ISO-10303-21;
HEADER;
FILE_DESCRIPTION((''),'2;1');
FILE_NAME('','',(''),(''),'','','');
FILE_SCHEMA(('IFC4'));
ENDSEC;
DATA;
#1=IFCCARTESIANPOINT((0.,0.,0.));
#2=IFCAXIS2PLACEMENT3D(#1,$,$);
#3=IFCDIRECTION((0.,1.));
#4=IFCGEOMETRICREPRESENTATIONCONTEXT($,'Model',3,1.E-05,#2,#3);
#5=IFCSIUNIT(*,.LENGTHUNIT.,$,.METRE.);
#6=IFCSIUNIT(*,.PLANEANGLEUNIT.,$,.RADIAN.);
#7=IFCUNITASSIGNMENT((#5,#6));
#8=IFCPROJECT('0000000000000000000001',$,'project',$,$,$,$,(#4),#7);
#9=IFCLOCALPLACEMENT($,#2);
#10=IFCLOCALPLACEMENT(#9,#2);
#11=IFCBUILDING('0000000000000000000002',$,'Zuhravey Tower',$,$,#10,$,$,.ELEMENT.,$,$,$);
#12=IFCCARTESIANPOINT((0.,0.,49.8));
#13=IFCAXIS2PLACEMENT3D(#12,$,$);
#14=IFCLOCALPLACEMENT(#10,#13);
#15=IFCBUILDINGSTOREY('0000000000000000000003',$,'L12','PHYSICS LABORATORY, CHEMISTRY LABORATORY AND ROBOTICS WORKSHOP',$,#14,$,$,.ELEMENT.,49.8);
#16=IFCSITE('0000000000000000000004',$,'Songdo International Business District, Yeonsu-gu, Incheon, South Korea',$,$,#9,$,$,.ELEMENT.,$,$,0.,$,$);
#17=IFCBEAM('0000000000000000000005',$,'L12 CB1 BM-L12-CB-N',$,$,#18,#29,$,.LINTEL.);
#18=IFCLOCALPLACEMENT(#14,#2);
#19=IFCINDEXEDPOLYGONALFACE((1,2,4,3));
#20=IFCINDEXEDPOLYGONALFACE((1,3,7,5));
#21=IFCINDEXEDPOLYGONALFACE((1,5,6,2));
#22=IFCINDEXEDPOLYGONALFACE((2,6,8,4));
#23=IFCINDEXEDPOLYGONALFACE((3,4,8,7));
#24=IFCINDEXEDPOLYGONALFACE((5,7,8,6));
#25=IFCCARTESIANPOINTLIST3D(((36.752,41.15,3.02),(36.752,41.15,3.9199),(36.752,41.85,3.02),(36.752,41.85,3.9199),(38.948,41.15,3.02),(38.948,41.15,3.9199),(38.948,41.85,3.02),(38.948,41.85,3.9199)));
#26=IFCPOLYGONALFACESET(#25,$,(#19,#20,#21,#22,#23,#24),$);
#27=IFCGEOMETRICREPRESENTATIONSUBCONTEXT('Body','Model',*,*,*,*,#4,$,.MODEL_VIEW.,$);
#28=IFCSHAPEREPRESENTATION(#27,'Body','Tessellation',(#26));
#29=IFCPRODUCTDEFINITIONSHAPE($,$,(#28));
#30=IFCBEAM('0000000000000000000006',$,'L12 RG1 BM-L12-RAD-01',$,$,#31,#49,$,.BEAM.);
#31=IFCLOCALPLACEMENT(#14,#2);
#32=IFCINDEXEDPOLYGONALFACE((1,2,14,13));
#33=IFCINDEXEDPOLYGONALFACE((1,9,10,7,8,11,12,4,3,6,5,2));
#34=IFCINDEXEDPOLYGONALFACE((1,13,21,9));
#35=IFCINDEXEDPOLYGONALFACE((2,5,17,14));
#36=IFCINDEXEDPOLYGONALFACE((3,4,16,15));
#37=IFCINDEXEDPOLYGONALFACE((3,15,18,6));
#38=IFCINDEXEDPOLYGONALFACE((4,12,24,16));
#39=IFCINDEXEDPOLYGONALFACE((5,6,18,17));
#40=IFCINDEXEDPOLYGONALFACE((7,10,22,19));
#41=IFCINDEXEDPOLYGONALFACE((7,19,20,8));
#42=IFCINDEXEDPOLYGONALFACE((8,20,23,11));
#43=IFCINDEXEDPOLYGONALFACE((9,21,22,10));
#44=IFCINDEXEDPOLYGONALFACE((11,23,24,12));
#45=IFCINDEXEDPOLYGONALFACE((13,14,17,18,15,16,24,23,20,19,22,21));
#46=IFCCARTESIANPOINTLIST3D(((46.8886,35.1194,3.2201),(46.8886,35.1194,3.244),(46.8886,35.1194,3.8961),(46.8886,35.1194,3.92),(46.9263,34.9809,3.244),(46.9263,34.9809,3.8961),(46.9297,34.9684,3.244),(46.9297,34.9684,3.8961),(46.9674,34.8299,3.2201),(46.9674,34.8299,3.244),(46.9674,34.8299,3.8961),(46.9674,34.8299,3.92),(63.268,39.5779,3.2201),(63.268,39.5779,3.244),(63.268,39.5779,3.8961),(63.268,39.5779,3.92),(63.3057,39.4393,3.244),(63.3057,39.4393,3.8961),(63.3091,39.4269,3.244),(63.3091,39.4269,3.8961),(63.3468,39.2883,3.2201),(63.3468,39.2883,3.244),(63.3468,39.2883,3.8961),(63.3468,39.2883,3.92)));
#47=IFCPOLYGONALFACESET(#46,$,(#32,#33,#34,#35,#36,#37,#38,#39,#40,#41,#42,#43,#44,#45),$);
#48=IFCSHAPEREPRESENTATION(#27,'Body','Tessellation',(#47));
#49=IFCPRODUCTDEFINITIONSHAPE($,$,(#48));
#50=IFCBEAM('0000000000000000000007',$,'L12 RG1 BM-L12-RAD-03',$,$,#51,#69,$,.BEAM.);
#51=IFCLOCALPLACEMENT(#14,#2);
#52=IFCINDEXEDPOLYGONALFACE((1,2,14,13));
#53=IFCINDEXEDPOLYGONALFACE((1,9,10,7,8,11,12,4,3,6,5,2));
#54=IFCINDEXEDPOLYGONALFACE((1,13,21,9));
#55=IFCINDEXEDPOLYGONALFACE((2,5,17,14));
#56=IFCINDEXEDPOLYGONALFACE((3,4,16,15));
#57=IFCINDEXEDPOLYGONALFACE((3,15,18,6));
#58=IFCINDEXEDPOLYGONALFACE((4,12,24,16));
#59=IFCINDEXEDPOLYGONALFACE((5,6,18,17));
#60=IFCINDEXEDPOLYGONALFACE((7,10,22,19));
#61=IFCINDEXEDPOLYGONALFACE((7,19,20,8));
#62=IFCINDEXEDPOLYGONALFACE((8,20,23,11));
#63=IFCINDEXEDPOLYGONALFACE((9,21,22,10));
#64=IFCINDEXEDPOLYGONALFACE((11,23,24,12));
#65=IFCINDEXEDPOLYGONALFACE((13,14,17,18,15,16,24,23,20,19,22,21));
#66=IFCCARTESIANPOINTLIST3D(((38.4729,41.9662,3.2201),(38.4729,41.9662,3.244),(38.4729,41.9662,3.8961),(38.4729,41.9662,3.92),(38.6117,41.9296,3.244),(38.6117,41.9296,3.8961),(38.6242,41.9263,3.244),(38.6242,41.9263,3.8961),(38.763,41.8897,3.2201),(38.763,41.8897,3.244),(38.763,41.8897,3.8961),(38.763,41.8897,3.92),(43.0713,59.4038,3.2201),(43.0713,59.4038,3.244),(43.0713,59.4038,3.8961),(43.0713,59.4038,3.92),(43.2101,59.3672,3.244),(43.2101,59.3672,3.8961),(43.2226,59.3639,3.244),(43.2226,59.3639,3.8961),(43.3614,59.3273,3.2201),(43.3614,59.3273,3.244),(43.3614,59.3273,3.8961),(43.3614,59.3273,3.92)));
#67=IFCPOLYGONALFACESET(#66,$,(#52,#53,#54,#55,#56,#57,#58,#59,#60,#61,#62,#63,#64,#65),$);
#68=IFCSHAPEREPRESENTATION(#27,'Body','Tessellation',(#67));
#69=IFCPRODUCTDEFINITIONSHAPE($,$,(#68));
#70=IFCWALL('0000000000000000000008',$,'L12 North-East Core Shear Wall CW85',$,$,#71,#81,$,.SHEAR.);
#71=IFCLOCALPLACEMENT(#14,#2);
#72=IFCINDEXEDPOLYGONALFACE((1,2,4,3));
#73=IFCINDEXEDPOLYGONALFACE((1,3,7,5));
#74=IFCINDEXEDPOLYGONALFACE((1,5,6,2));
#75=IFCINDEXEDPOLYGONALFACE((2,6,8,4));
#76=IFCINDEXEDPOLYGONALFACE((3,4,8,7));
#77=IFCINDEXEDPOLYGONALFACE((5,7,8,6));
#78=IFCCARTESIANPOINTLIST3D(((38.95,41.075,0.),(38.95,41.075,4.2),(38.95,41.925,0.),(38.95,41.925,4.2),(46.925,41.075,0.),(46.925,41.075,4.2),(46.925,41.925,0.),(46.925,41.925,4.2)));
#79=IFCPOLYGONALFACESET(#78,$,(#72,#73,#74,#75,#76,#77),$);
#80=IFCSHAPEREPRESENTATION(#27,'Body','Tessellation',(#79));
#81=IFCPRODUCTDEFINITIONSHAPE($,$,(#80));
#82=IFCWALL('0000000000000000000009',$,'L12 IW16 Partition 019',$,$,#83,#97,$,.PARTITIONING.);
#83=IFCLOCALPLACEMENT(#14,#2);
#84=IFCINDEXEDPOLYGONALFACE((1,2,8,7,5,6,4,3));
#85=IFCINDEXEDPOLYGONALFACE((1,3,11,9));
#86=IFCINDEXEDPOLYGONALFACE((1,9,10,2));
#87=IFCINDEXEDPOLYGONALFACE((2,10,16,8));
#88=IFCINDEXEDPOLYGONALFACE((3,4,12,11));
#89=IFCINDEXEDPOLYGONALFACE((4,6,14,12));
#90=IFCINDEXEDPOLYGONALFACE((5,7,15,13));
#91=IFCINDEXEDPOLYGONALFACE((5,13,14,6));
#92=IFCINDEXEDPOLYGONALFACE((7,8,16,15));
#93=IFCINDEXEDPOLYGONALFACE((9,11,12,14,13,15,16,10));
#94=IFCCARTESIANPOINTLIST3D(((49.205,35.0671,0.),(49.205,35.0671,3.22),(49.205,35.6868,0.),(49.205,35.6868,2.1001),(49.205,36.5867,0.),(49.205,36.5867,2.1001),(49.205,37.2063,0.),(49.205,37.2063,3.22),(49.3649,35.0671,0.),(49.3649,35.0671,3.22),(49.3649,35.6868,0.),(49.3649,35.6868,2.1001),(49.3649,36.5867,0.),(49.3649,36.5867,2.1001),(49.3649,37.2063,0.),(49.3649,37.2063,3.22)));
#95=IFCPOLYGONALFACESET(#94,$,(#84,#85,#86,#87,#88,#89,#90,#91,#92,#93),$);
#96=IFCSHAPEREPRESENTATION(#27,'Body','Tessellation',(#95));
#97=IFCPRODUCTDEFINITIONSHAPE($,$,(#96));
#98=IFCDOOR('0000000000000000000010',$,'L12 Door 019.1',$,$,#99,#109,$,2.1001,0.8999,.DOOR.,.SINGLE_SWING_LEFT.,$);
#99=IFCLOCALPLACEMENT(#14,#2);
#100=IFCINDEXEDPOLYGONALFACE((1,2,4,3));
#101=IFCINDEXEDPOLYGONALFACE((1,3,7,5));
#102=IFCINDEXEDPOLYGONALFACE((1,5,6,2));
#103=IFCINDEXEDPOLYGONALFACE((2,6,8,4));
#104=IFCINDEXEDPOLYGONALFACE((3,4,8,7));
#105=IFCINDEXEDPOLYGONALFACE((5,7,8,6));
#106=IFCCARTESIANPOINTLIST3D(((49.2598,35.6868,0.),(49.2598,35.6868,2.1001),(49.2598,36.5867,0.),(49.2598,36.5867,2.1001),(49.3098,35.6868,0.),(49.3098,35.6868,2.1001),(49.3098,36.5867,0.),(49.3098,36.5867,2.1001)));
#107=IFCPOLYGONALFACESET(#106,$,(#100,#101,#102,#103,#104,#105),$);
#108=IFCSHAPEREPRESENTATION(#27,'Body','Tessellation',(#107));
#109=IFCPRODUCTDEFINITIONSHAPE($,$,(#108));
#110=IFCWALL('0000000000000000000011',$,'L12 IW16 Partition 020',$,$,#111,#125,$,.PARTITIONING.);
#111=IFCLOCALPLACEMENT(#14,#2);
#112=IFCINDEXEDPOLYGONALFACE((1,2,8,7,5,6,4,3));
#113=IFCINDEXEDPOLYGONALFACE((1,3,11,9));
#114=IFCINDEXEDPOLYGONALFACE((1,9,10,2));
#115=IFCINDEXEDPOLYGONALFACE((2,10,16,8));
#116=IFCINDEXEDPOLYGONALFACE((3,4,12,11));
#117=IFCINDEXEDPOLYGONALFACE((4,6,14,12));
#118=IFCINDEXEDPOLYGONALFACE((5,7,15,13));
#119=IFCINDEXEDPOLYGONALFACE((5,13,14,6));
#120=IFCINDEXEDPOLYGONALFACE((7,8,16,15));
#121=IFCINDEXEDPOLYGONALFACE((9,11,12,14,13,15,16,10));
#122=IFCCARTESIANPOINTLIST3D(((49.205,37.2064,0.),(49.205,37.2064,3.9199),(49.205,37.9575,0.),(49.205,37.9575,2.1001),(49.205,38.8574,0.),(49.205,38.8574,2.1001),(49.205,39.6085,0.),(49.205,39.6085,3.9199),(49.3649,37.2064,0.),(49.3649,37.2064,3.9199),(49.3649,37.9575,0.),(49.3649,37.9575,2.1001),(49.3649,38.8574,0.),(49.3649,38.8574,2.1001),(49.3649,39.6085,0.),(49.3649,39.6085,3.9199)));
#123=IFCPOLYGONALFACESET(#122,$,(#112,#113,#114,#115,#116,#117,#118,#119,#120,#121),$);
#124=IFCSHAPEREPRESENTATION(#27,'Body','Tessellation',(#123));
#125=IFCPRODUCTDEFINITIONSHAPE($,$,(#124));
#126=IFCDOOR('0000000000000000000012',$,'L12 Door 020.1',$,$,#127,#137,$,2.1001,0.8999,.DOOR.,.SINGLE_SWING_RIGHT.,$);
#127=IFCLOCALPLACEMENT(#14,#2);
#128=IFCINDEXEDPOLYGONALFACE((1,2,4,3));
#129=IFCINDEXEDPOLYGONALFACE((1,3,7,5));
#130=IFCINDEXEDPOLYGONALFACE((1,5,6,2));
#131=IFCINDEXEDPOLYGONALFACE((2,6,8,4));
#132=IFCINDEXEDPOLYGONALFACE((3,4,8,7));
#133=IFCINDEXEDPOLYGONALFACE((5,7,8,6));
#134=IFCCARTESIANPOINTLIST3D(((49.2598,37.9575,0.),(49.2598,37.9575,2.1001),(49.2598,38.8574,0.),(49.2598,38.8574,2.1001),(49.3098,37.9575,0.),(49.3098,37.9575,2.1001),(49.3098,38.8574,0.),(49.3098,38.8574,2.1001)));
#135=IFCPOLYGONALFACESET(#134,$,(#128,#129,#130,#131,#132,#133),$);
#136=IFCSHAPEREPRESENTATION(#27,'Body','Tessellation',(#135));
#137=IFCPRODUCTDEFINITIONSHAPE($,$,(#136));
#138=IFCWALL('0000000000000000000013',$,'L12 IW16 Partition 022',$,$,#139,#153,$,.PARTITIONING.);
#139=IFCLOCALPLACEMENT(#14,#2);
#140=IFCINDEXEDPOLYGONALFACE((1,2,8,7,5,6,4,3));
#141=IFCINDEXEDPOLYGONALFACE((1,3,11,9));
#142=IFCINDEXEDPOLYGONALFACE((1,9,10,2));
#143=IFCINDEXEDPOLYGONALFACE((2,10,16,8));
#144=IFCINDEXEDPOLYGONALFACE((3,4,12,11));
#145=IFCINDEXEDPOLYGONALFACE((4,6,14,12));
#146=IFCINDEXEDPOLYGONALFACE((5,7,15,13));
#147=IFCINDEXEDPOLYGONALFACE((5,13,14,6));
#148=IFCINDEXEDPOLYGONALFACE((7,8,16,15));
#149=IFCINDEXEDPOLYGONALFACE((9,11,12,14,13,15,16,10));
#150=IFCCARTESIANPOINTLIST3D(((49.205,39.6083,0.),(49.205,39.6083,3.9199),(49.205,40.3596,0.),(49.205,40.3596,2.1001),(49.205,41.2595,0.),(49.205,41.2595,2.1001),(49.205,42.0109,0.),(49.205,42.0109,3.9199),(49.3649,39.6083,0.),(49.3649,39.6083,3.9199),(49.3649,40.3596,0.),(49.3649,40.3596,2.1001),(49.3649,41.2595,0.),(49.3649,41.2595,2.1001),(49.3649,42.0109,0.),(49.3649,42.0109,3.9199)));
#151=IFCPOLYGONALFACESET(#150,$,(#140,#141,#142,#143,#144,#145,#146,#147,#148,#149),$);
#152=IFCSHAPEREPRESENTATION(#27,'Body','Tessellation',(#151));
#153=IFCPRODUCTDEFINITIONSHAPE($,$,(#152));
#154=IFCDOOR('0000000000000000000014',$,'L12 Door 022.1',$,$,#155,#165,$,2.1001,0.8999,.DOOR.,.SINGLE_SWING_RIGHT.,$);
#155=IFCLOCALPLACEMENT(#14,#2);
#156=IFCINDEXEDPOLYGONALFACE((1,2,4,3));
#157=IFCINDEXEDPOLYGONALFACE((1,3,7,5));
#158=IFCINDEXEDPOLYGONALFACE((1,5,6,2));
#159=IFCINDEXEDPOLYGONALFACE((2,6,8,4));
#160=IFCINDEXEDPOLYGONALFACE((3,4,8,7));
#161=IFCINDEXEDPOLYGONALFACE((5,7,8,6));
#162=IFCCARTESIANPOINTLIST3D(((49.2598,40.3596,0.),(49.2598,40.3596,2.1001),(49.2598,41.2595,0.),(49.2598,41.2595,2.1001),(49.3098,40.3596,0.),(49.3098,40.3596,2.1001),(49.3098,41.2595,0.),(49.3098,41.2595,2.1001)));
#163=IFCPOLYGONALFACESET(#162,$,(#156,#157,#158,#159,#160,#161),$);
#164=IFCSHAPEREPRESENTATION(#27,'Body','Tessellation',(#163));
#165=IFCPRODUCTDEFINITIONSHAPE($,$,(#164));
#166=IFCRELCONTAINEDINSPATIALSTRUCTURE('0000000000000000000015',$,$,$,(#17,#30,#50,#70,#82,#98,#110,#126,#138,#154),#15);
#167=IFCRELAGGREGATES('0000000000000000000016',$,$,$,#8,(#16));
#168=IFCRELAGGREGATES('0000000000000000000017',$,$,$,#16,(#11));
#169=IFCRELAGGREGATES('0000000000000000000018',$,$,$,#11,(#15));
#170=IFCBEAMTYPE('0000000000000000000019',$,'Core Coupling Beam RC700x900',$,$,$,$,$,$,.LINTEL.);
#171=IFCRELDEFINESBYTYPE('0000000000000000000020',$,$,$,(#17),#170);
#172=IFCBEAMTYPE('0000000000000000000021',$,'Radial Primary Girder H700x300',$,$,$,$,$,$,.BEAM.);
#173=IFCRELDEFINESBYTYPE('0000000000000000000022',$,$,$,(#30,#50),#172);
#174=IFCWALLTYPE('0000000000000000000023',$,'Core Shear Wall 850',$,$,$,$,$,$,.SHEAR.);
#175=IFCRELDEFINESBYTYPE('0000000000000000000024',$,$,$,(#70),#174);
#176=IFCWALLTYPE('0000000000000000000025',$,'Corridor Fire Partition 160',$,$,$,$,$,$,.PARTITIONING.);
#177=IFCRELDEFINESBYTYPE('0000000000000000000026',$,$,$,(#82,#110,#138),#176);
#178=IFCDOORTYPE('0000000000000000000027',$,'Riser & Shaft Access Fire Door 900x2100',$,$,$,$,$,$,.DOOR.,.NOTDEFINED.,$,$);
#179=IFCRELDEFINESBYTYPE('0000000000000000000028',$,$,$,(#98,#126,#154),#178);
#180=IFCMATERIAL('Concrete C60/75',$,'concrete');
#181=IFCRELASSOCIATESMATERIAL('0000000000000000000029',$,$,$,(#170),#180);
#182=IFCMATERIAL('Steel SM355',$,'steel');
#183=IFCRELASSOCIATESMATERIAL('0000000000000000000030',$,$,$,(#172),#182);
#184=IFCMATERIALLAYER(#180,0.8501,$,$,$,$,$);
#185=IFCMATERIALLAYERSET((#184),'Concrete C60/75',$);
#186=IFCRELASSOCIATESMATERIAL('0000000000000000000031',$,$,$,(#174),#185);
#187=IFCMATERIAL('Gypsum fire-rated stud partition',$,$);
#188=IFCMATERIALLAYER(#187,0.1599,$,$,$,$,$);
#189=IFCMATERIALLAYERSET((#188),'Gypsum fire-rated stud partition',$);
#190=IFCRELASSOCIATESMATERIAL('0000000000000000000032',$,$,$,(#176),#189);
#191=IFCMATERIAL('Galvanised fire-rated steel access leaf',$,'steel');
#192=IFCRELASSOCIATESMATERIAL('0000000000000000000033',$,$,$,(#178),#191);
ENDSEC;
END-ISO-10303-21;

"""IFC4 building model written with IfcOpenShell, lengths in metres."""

from ifc_helpers import new_model, si_unit, direction, frame, frame_2d, origin, origin_2d, place, context, subcontext, project, spatial, rectangle, i_section, extrude, material, layer, layer_set, material_profile, profile_set, type_object, element, fill, save


model = new_model("IFC4")

# Units and contexts
model_context = context("Model", 3, precision=1e-05, world=origin(), true_north=direction((0.0, 1.0)))
body_context = subcontext(model_context, "Body", "Model", "MODEL_VIEW")
ifc_project = project(units=[si_unit("LENGTHUNIT", "METRE"), si_unit("PLANEANGLEUNIT", "RADIAN")], contexts=[model_context])

# Site, building, storey
site_placement = place(None, origin())
site = spatial("IfcSite", under=ifc_project, at=site_placement, Name="Songdo International Business District, Yeonsu-gu, Incheon, South Korea", CompositionType="ELEMENT", RefElevation=0.0)
building_placement = place(site_placement, origin())
building = spatial("IfcBuilding", under=site, at=building_placement, Name="Zuhravey Tower", CompositionType="ELEMENT")
storey_placement = place(building_placement, frame((0.0, 0.0, 49.8)))
storey = spatial("IfcBuildingStorey", under=building, at=storey_placement, Name="L12", Description="PHYSICS LABORATORY, CHEMISTRY LABORATORY AND ROBOTICS WORKSHOP", CompositionType="ELEMENT", Elevation=49.8)

# Beams
ifc_material_1 = material(Name="Concrete C60/75", Category="concrete")
ifc_material_profile_1 = material_profile(ifc_material_1, rectangle(XDim=0.7, YDim=0.8999, at=origin_2d()), Name="RC-700x900")
ifc_profile_set_1 = profile_set([ifc_material_profile_1], Name="Concrete C60/75")
beam_type_1 = type_object("IfcBeamType", Name="Core Coupling Beam RC700x900", PredefinedType="LINTEL", material=ifc_profile_set_1)
beam_1_placement = place(storey_placement, frame((36.752, 41.5, 3.47), z_axis=(1.0, 0.0, 0.0), x_axis=(0.0, 1.0, 0.0)))
element("IfcBeam", 1, at=beam_1_placement, inside=storey, type_object=beam_type_1, Name="L12 CB1 BM-L12-CB-N", PredefinedType="LINTEL", context=body_context, shape_type="SweptSolid", body=[
    extrude(rectangle(XDim=0.7, YDim=0.8999, at=origin_2d()), origin(), (0.0, 0.0, 1.0), 2.196),
])
ifc_material_2 = material(Name="Steel SM355", Category="steel")
ifc_material_profile_2 = material_profile(ifc_material_2, i_section(OverallWidth=0.3, OverallDepth=0.7, WebThickness=0.0129, FlangeThickness=0.0239, at=origin_2d()), Name="H-700x300x13x24")
ifc_profile_set_2 = profile_set([ifc_material_profile_2], Name="Steel SM355")
beam_type_2 = type_object("IfcBeamType", Name="Radial Primary Girder H700x300", PredefinedType="BEAM", material=ifc_profile_set_2)
beam_2_placement = place(storey_placement, frame((46.928, 34.9746, 3.5701), z_axis=(0.964892, 0.262645, 0.0), x_axis=(-0.262645, 0.964892, 0.0)))
element("IfcBeam", 2, at=beam_2_placement, inside=storey, type_object=beam_type_2, Name="L12 RG1 BM-L12-RAD-01", PredefinedType="BEAM", context=body_context, shape_type="SweptSolid", body=[
    extrude(i_section(OverallWidth=0.3, OverallDepth=0.7, WebThickness=0.0129, FlangeThickness=0.0239, at=origin_2d()), origin(), (0.0, 0.0, 1.0), 16.9753),
])
beam_3_placement = place(storey_placement, frame((38.6179, 41.928, 3.5701), z_axis=(0.25499, 0.966944, 0.0), x_axis=(-0.966944, 0.25499, 0.0)))
element("IfcBeam", 3, at=beam_3_placement, inside=storey, type_object=beam_type_2, Name="L12 RG1 BM-L12-RAD-03", PredefinedType="BEAM", context=body_context, shape_type="SweptSolid", body=[
    extrude(i_section(OverallWidth=0.3, OverallDepth=0.7, WebThickness=0.0129, FlangeThickness=0.0239, at=origin_2d()), origin(), (0.0, 0.0, 1.0), 18.0337),
])

# Wall
ifc_layer_1 = layer(ifc_material_1, 0.8501)
ifc_layer_set_1 = layer_set([ifc_layer_1], Name="Concrete C60/75")
wall_type_1 = type_object("IfcWallType", Name="Core Shear Wall 850", PredefinedType="SHEAR", material=ifc_layer_set_1)
wall_1_placement = place(storey_placement, frame((46.925, 41.5, 0.0), z_axis=(0.0, 0.0, 1.0), x_axis=(-1.0, 0.0, 0.0)))
element("IfcWall", 4, at=wall_1_placement, inside=storey, type_object=wall_type_1, Name="L12 North-East Core Shear Wall CW85", PredefinedType="SHEAR", context=body_context, shape_type="SweptSolid", body=[
    extrude(rectangle(XDim=7.9751, YDim=0.8501, at=frame_2d((3.9875, 0.0))), origin(), (0.0, 0.0, 1.0), 4.2),
])

# Walls, openings, doors
ifc_material_3 = material(Name="Gypsum fire-rated stud partition")
ifc_layer_2 = layer(ifc_material_3, 0.1599)
ifc_layer_set_2 = layer_set([ifc_layer_2], Name="Gypsum fire-rated stud partition")
wall_type_2 = type_object("IfcWallType", Name="Corridor Fire Partition 160", PredefinedType="PARTITIONING", material=ifc_layer_set_2)
wall_2_placement = place(storey_placement, frame((49.2849, 35.0671, 0.0), z_axis=(0.0, 0.0, 1.0), x_axis=(0.0, 1.0, 0.0)))
wall_2 = element("IfcWall", 5, at=wall_2_placement, inside=storey, type_object=wall_type_2, Name="L12 IW16 Partition 019", PredefinedType="PARTITIONING", context=body_context, shape_type="SweptSolid", body=[
    extrude(rectangle(XDim=2.1392, YDim=0.1599, at=frame_2d((1.0696, 0.0))), origin(), (0.0, 0.0, 1.0), 3.22),
])
opening_1_placement = place(wall_2_placement, frame((0.6196, 0.0, 0.0)))
opening_1 = element("IfcOpeningElement", 6, at=opening_1_placement, cuts=wall_2, PredefinedType="OPENING", context=body_context, shape_type="SweptSolid", body=[
    extrude(rectangle(XDim=0.8999, YDim=2.1001, at=frame_2d((0.45, 1.05))), frame((0.0, 0.092, 0.0), z_axis=(0.0, -1.0, 0.0), x_axis=(1.0, 0.0, 0.0)), (0.0, 0.0, 1.0), 0.1838),
])
ifc_material_4 = material(Name="Galvanised fire-rated steel access leaf", Category="steel")
door_type_1 = type_object("IfcDoorType", Name="Riser & Shaft Access Fire Door 900x2100", OperationType="NOTDEFINED", PredefinedType="DOOR", material=ifc_material_4)
door_1_placement = place(opening_1_placement, frame((0.8999, 0.0, 0.0), z_axis=(0.0, 0.0, 1.0), x_axis=(-1.0, 0.0, 0.0)))
door_1 = element("IfcDoor", 7, at=door_1_placement, inside=storey, type_object=door_type_1, Name="L12 Door 019.1", OperationType="SINGLE_SWING_LEFT", OverallHeight=2.1001, OverallWidth=0.8999, PredefinedType="DOOR", context=body_context, shape_type="SweptSolid", body=[
    extrude(rectangle(XDim=0.8999, YDim=2.1001, at=frame_2d((0.45, 1.05))), frame((0.0, 0.0249, 0.0), z_axis=(0.0, -1.0, 0.0), x_axis=(1.0, 0.0, 0.0)), (0.0, 0.0, 1.0), 0.05),
])
fill(opening_1, door_1)
wall_3_placement = place(storey_placement, frame((49.2849, 37.2063, 0.0), z_axis=(0.0, 0.0, 1.0), x_axis=(0.0, 1.0, 0.0)))
wall_3 = element("IfcWall", 8, at=wall_3_placement, inside=storey, type_object=wall_type_2, Name="L12 IW16 Partition 020", PredefinedType="PARTITIONING", context=body_context, shape_type="SweptSolid", body=[
    extrude(rectangle(XDim=2.4021, YDim=0.1599, at=frame_2d((1.2012, 0.0))), origin(), (0.0, 0.0, 1.0), 3.9199),
])
opening_2_placement = place(wall_3_placement, frame((0.7512, 0.0, 0.0)))
opening_2 = element("IfcOpeningElement", 9, at=opening_2_placement, cuts=wall_3, PredefinedType="OPENING", context=body_context, shape_type="SweptSolid", body=[
    extrude(rectangle(XDim=0.8999, YDim=2.1001, at=frame_2d((0.45, 1.05))), frame((0.0, 0.092, 0.0), z_axis=(0.0, -1.0, 0.0), x_axis=(1.0, 0.0, 0.0)), (0.0, 0.0, 1.0), 0.1838),
])
door_2_placement = place(opening_2_placement, frame((0.8999, 0.0, 0.0), z_axis=(0.0, 0.0, 1.0), x_axis=(-1.0, 0.0, 0.0)))
door_2 = element("IfcDoor", 10, at=door_2_placement, inside=storey, type_object=door_type_1, Name="L12 Door 020.1", OperationType="SINGLE_SWING_RIGHT", OverallHeight=2.1001, OverallWidth=0.8999, PredefinedType="DOOR", context=body_context, shape_type="SweptSolid", body=[
    extrude(rectangle(XDim=0.8999, YDim=2.1001, at=frame_2d((0.45, 1.05))), frame((0.0, 0.0249, 0.0), z_axis=(0.0, -1.0, 0.0), x_axis=(1.0, 0.0, 0.0)), (0.0, 0.0, 1.0), 0.05),
])
fill(opening_2, door_2)
wall_4_placement = place(storey_placement, frame((49.2849, 39.6084, 0.0), z_axis=(0.0, 0.0, 1.0), x_axis=(0.0, 1.0, 0.0)))
wall_4 = element("IfcWall", 11, at=wall_4_placement, inside=storey, type_object=wall_type_2, Name="L12 IW16 Partition 022", PredefinedType="PARTITIONING", context=body_context, shape_type="SweptSolid", body=[
    extrude(rectangle(XDim=2.4026, YDim=0.1599, at=frame_2d((1.2012, 0.0))), origin(), (0.0, 0.0, 1.0), 3.9199),
])
opening_3_placement = place(wall_4_placement, frame((0.7512, 0.0, 0.0)))
opening_3 = element("IfcOpeningElement", 12, at=opening_3_placement, cuts=wall_4, PredefinedType="OPENING", context=body_context, shape_type="SweptSolid", body=[
    extrude(rectangle(XDim=0.8999, YDim=2.1001, at=frame_2d((0.45, 1.05))), frame((0.0, 0.092, 0.0), z_axis=(0.0, -1.0, 0.0), x_axis=(1.0, 0.0, 0.0)), (0.0, 0.0, 1.0), 0.1838),
])
door_3_placement = place(opening_3_placement, frame((0.8999, 0.0, 0.0), z_axis=(0.0, 0.0, 1.0), x_axis=(-1.0, 0.0, 0.0)))
door_3 = element("IfcDoor", 13, at=door_3_placement, inside=storey, type_object=door_type_1, Name="L12 Door 022.1", OperationType="SINGLE_SWING_RIGHT", OverallHeight=2.1001, OverallWidth=0.8999, PredefinedType="DOOR", context=body_context, shape_type="SweptSolid", body=[
    extrude(rectangle(XDim=0.8999, YDim=2.1001, at=frame_2d((0.45, 1.05))), frame((0.0, 0.0249, 0.0), z_axis=(0.0, -1.0, 0.0), x_axis=(1.0, 0.0, 0.0)), (0.0, 0.0, 1.0), 0.05),
])
fill(opening_3, door_3)

save(model, "model.ifc")
